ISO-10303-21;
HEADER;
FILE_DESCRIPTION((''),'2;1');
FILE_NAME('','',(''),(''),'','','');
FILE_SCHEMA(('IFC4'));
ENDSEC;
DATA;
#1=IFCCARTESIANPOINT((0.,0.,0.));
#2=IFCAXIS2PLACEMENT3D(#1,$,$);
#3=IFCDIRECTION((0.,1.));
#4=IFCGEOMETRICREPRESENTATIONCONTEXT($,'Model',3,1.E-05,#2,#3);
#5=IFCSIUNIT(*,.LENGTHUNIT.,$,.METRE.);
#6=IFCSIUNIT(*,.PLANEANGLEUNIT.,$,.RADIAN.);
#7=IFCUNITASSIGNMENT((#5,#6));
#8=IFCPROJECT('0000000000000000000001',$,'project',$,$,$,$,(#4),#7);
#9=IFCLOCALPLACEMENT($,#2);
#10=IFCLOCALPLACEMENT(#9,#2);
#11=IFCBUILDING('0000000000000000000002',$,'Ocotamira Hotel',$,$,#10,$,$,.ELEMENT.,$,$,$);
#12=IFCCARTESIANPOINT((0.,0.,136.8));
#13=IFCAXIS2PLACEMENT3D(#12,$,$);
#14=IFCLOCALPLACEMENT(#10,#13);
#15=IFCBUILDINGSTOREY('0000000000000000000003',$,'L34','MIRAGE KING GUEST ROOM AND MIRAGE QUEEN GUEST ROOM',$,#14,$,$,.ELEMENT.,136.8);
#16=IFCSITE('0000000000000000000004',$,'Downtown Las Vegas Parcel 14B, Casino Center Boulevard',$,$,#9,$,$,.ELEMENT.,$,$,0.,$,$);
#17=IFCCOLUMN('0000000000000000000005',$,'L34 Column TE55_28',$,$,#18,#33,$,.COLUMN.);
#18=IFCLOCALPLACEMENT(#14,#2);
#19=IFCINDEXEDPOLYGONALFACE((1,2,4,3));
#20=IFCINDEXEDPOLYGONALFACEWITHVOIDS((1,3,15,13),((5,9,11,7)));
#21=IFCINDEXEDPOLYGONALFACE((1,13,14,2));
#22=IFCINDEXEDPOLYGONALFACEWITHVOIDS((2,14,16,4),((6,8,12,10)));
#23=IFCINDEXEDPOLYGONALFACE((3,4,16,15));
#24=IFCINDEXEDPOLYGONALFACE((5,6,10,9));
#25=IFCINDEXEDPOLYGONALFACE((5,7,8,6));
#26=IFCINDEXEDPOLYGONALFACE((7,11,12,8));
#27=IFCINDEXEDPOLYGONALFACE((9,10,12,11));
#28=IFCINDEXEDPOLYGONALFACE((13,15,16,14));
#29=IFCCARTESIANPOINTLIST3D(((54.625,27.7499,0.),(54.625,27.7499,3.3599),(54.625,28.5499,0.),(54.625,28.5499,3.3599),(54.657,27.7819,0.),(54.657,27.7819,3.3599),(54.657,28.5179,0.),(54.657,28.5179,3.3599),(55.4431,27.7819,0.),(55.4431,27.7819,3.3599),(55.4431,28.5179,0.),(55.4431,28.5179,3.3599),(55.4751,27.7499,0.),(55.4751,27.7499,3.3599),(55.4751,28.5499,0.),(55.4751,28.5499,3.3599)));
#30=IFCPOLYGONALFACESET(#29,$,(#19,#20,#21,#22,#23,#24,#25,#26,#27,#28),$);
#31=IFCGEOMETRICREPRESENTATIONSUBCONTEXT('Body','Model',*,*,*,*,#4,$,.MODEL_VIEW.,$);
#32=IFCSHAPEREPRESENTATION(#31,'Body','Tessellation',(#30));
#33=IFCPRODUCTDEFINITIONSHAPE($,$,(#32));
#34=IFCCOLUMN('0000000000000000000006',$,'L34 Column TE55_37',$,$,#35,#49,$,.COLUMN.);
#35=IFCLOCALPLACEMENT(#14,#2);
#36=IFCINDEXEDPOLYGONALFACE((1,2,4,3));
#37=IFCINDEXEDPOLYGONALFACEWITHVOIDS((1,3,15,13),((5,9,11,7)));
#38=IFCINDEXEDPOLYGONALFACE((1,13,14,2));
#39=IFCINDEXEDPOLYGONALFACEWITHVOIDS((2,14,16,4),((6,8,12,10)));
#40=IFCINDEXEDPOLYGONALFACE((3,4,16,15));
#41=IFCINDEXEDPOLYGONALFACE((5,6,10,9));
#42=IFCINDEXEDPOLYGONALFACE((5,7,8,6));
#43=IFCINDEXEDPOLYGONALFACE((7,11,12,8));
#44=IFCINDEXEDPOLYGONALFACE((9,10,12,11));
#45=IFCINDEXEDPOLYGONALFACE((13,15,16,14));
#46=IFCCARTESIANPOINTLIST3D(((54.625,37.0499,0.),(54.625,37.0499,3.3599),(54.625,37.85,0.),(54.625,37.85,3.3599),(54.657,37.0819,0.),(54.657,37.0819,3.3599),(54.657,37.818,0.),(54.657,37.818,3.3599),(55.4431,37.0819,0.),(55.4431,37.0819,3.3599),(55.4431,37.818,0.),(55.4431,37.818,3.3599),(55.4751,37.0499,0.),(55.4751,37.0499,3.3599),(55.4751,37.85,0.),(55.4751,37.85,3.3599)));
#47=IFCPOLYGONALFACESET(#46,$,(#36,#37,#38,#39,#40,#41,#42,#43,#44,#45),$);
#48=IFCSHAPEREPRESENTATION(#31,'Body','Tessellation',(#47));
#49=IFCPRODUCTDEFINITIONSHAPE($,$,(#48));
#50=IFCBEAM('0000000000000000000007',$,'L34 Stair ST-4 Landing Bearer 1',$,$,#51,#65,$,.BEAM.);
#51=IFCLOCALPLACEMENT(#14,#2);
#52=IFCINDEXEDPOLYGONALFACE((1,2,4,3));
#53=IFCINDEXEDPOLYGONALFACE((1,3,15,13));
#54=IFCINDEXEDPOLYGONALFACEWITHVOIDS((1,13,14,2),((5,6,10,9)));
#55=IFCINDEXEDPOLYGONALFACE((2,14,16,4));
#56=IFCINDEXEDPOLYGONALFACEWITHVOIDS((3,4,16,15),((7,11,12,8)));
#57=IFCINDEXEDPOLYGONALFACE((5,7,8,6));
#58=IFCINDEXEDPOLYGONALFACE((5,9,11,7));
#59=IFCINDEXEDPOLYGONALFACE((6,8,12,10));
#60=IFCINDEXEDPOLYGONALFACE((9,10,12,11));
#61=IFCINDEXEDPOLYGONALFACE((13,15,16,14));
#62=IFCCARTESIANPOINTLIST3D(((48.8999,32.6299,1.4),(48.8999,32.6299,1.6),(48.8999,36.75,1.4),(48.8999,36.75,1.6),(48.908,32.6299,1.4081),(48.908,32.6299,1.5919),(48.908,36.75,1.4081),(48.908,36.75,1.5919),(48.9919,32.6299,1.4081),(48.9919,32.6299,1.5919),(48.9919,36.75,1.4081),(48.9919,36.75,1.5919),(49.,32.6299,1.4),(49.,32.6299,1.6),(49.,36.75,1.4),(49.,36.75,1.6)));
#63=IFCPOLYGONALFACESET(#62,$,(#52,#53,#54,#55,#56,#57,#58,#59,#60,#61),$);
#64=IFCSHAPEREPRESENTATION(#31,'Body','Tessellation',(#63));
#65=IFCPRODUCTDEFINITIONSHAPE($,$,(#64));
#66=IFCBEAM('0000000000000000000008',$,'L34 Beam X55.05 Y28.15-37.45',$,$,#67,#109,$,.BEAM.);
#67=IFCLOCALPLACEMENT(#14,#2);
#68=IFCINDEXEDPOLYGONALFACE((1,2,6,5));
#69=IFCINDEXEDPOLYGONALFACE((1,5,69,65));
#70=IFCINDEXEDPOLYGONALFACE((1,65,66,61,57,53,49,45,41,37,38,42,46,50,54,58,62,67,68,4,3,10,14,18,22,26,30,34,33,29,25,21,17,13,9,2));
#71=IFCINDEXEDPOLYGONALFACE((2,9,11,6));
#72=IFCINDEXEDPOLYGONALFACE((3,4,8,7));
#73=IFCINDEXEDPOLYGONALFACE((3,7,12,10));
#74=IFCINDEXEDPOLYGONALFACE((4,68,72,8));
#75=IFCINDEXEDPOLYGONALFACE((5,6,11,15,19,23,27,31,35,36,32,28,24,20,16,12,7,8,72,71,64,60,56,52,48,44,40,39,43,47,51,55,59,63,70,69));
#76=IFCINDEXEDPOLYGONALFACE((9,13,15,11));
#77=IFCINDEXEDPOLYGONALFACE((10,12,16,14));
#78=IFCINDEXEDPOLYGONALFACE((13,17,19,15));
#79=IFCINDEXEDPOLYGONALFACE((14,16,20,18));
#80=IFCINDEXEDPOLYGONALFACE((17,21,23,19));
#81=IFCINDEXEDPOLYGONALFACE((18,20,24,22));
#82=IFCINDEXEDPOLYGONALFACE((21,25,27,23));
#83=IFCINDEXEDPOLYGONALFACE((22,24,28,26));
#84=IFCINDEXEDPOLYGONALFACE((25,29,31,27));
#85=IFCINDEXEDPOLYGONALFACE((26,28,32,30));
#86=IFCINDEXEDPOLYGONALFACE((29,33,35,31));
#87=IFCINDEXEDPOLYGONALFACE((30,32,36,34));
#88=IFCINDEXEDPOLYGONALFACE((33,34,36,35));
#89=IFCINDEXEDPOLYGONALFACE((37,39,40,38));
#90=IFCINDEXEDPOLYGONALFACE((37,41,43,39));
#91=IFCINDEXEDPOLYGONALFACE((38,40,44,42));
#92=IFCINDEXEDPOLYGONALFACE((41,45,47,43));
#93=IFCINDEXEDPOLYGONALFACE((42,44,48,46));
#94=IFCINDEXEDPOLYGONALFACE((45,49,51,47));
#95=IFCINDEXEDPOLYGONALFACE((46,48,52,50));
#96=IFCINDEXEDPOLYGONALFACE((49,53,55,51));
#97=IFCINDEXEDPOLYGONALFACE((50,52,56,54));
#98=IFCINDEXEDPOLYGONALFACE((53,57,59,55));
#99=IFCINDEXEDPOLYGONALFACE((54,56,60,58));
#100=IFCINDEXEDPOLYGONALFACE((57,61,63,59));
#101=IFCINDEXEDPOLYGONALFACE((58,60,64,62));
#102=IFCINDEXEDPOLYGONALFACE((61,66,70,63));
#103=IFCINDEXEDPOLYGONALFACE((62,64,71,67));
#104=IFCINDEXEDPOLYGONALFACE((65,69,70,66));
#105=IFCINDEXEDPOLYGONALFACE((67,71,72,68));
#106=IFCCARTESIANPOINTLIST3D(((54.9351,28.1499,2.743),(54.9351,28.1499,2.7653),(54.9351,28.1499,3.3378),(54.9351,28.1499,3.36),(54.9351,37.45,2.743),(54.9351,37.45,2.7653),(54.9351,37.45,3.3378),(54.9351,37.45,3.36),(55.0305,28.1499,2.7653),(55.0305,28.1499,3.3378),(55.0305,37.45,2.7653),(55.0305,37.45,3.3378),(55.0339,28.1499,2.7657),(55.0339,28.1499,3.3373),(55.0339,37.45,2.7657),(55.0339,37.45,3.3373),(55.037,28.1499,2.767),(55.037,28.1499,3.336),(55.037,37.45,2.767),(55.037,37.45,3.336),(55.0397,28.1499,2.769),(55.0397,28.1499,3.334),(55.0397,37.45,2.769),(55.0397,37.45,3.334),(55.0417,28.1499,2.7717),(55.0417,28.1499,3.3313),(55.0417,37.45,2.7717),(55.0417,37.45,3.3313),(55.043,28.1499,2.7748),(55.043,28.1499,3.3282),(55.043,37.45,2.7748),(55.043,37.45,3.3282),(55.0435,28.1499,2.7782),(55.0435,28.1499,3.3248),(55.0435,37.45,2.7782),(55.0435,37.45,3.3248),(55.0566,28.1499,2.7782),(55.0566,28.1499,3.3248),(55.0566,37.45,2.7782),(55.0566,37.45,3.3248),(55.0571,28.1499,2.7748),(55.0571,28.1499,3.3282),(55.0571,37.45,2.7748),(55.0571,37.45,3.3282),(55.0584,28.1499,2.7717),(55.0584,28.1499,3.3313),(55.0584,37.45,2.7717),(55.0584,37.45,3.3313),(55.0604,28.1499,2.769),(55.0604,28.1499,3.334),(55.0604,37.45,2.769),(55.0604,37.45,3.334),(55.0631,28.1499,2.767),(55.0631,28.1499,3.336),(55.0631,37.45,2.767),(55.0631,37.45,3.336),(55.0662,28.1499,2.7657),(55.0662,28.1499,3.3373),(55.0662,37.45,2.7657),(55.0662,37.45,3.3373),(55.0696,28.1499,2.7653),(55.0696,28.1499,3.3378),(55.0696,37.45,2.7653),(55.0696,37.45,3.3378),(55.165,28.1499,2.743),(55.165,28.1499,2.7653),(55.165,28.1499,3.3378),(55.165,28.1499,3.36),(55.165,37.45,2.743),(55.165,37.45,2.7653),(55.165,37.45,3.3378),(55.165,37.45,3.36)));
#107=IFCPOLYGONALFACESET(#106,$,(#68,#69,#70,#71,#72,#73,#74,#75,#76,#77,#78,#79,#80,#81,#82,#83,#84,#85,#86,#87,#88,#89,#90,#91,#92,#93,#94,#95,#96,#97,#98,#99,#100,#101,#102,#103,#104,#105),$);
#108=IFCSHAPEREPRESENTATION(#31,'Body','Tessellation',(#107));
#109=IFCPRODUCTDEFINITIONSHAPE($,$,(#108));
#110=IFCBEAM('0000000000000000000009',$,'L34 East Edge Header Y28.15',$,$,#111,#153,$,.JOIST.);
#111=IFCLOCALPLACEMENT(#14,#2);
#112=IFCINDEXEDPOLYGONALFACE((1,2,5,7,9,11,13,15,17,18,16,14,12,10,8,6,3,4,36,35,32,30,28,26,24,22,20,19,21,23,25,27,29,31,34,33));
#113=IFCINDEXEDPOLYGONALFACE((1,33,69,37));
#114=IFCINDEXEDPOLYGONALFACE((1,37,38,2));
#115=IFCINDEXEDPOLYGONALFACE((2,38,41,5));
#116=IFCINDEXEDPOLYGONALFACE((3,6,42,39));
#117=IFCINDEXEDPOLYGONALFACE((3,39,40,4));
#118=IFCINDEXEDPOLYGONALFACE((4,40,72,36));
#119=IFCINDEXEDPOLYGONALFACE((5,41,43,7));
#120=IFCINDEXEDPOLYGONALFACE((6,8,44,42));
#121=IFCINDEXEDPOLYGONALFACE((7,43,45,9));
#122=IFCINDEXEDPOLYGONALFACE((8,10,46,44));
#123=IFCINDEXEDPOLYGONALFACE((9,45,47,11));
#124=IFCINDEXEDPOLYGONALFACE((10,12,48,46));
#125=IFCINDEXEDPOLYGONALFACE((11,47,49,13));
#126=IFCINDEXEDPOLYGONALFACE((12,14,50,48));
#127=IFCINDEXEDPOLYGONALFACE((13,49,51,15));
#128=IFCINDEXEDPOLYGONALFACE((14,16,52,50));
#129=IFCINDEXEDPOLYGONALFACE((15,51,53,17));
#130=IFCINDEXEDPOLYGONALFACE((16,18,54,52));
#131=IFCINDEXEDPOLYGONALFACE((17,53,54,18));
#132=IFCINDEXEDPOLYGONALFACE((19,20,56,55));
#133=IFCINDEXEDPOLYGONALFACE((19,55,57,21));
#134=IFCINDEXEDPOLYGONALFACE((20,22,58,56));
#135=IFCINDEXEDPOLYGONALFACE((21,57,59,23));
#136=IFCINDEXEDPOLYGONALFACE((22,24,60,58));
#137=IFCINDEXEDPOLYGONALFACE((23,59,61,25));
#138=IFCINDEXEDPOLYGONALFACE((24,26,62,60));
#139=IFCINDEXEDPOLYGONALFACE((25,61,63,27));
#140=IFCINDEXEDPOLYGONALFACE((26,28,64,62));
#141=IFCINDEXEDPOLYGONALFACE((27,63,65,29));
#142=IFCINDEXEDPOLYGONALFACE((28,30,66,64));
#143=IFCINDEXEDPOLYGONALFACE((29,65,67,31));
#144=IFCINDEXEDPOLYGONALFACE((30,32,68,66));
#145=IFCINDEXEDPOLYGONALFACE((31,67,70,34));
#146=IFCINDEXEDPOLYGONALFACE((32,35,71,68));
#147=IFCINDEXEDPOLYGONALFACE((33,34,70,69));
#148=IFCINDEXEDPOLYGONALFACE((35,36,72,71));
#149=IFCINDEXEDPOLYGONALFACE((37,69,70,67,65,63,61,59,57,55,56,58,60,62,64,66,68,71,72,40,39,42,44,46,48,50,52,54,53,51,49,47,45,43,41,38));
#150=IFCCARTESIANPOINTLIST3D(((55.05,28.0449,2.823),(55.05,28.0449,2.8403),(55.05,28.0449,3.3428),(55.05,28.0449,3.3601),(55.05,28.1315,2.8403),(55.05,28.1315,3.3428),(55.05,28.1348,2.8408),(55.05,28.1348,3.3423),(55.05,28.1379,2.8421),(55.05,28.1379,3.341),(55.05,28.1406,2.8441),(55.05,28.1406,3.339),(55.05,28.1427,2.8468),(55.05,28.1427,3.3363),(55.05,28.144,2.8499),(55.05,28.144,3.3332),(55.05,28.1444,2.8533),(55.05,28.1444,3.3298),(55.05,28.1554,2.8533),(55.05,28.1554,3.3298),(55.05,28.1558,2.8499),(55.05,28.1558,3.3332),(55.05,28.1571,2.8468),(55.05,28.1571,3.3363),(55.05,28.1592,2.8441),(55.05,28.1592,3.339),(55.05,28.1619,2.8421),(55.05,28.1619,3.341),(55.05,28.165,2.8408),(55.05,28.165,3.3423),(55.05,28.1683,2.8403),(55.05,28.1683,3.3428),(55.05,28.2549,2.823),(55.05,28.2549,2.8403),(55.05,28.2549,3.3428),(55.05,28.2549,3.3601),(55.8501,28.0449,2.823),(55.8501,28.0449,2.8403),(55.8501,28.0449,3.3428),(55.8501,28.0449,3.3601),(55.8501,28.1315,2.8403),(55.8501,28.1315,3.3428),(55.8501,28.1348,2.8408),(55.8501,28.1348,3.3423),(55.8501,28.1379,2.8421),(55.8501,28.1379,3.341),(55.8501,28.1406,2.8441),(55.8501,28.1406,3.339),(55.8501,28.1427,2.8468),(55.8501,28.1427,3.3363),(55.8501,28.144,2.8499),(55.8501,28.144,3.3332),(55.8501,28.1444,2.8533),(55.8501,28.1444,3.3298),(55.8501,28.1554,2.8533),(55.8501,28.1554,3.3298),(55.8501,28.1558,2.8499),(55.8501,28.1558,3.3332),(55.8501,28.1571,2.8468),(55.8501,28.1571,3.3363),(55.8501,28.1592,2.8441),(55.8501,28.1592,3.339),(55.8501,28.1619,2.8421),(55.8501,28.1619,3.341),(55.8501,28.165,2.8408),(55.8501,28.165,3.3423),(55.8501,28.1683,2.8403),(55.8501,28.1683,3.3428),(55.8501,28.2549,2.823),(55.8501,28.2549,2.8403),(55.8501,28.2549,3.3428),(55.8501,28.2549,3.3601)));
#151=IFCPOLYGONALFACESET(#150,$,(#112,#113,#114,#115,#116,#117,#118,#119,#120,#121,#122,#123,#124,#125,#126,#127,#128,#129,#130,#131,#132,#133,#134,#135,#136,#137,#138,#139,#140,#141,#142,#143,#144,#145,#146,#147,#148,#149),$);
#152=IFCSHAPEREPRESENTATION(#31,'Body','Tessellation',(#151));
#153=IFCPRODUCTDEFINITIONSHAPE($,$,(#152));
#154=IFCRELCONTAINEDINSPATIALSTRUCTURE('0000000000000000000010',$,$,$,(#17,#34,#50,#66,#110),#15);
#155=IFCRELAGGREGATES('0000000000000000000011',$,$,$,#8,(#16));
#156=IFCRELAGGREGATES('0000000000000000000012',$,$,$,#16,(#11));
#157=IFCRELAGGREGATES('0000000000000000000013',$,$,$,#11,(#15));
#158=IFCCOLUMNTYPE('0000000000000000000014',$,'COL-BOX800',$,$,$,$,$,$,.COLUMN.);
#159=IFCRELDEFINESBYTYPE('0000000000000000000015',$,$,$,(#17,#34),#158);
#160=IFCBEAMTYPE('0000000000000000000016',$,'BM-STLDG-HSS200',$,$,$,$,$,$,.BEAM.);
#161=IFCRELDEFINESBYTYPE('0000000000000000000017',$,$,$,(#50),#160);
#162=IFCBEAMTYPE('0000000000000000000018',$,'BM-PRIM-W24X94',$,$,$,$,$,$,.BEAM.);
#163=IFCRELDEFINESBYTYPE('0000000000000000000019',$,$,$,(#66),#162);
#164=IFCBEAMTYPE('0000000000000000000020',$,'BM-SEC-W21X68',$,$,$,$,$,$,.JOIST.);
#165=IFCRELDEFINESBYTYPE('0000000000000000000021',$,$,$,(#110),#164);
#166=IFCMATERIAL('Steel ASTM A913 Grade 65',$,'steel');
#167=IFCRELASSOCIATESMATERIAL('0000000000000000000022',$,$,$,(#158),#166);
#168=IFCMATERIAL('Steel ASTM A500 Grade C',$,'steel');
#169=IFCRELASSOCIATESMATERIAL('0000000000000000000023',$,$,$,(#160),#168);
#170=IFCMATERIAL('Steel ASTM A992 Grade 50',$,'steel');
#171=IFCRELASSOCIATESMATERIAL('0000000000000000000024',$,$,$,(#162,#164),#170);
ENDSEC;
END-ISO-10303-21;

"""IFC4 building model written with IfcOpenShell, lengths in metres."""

from ifc_helpers import new_model, si_unit, direction, frame, origin, origin_2d, place, context, subcontext, project, spatial, hollow_rectangle, i_section, extrude, source, transform, mapped, material, material_profile, profile_set, type_object, element, save


model = new_model("IFC4")

# Units and contexts
model_context = context("Model", 3, precision=1e-05, world=origin(), true_north=direction((0.0, 1.0)))
body_context = subcontext(model_context, "Body", "Model", "MODEL_VIEW")
ifc_project = project(units=[si_unit("LENGTHUNIT", "METRE"), si_unit("PLANEANGLEUNIT", "RADIAN")], contexts=[model_context])

# Site, building, storey
site_placement = place(None, origin())
site = spatial("IfcSite", under=ifc_project, at=site_placement, Name="Downtown Las Vegas Parcel 14B, Casino Center Boulevard", CompositionType="ELEMENT", RefElevation=0.0)
building_placement = place(site_placement, origin())
building = spatial("IfcBuilding", under=site, at=building_placement, Name="Ocotamira Hotel", CompositionType="ELEMENT")
storey_placement = place(building_placement, frame((0.0, 0.0, 136.8)))
storey = spatial("IfcBuildingStorey", under=building, at=storey_placement, Name="L34", Description="MIRAGE KING GUEST ROOM AND MIRAGE QUEEN GUEST ROOM", CompositionType="ELEMENT", Elevation=136.8)

# Columns
ifc_material_1 = material(Name="Steel ASTM A913 Grade 65", Category="steel")
ifc_material_profile_1 = material_profile(ifc_material_1, hollow_rectangle(XDim=0.8501, YDim=0.8, WallThickness=0.032, at=origin_2d()), Name="BOX800X850X32")
ifc_profile_set_1 = profile_set([ifc_material_profile_1], Name="Steel ASTM A913 Grade 65")
column_type = type_object("IfcColumnType", Name="COL-BOX800", PredefinedType="COLUMN", material=ifc_profile_set_1)
shared_shape_1 = source(origin(), body_context, "Body", "SweptSolid", [
    extrude(hollow_rectangle(XDim=0.8501, YDim=0.8, WallThickness=0.032, at=origin_2d()), origin(), (0.0, 0.0, 1.0), 3.3599),
])
for number, where, z_axis, x_axis, name in (
    (1, (55.05, 28.1499, 0.0), (0.0, 0.0, 1.0), (1.0, 0.0, 0.0), "L34 Column TE55_28"),
    (2, (55.05, 37.45, 0.0), (0.0, 0.0, 1.0), (1.0, 0.0, 0.0), "L34 Column TE55_37"),
):
    element("IfcColumn", number, at=place(storey_placement, frame(where, z_axis=z_axis, x_axis=x_axis)), inside=storey, type_object=column_type, Name=name, PredefinedType="COLUMN", context=body_context, shape_type="MappedRepresentation", body=[
        mapped(shared_shape_1, transform((0.0, 0.0, 0.0), scale=1.0)),
    ])

# Beams
ifc_material_2 = material(Name="Steel ASTM A500 Grade C", Category="steel")
ifc_material_profile_2 = material_profile(ifc_material_2, hollow_rectangle(XDim=0.1001, YDim=0.2, WallThickness=0.0081, at=origin_2d()), Name="HSS200X100X8")
ifc_profile_set_2 = profile_set([ifc_material_profile_2], Name="Steel ASTM A500 Grade C")
beam_type_1 = type_object("IfcBeamType", Name="BM-STLDG-HSS200", PredefinedType="BEAM", material=ifc_profile_set_2)
shared_shape_2 = source(origin(), body_context, "Body", "SweptSolid", [
    extrude(hollow_rectangle(XDim=0.1001, YDim=0.2, WallThickness=0.0081, at=origin_2d()), origin(), (0.0, 0.0, 1.0), 4.1201),
])
beam_1_placement = place(storey_placement, frame((48.95, 32.6299, 1.5), z_axis=(0.0, 1.0, 0.0), x_axis=(-1.0, 0.0, 0.0)))
element("IfcBeam", 3, at=beam_1_placement, inside=storey, type_object=beam_type_1, Name="L34 Stair ST-4 Landing Bearer 1", PredefinedType="BEAM", context=body_context, shape_type="MappedRepresentation", body=[
    mapped(shared_shape_2, transform((0.0, 0.0, 0.0), scale=1.0)),
])
ifc_material_3 = material(Name="Steel ASTM A992 Grade 50", Category="steel")
ifc_material_profile_3 = material_profile(ifc_material_3, i_section(OverallWidth=0.23, OverallDepth=0.6169, WebThickness=0.0132, FlangeThickness=0.0222, FilletRadius=0.0129, at=origin_2d()), Name="W24X94")
ifc_profile_set_3 = profile_set([ifc_material_profile_3], Name="Steel ASTM A992 Grade 50")
beam_type_2 = type_object("IfcBeamType", Name="BM-PRIM-W24X94", PredefinedType="BEAM", material=ifc_profile_set_3)
shared_shape_3 = source(origin(), body_context, "Body", "SweptSolid", [
    extrude(i_section(OverallWidth=0.23, OverallDepth=0.6169, WebThickness=0.0132, FlangeThickness=0.0222, FilletRadius=0.0129, at=origin_2d()), origin(), (0.0, 0.0, 1.0), 9.3),
])
beam_2_placement = place(storey_placement, frame((55.05, 28.1499, 3.0515), z_axis=(0.0, 1.0, 0.0), x_axis=(-1.0, 0.0, 0.0)))
element("IfcBeam", 4, at=beam_2_placement, inside=storey, type_object=beam_type_2, Name="L34 Beam X55.05 Y28.15-37.45", PredefinedType="BEAM", context=body_context, shape_type="MappedRepresentation", body=[
    mapped(shared_shape_3, transform((0.0, 0.0, 0.0), scale=1.0)),
])
ifc_material_profile_4 = material_profile(ifc_material_3, i_section(OverallWidth=0.21, OverallDepth=0.5371, WebThickness=0.011, FlangeThickness=0.0173, FilletRadius=0.0129, at=origin_2d()), Name="W21X68")
ifc_profile_set_4 = profile_set([ifc_material_profile_4], Name="Steel ASTM A992 Grade 50")
beam_type_3 = type_object("IfcBeamType", Name="BM-SEC-W21X68", PredefinedType="JOIST", material=ifc_profile_set_4)
shared_shape_4 = source(origin(), body_context, "Body", "SweptSolid", [
    extrude(i_section(OverallWidth=0.21, OverallDepth=0.5371, WebThickness=0.011, FlangeThickness=0.0173, FilletRadius=0.0129, at=origin_2d()), origin(), (0.0, 0.0, 1.0), 0.8),
])
for number, where, z_axis, x_axis, name in (
    (5, (55.05, 28.1499, 3.0916), (1.0, 0.0, 0.0), (0.0, 1.0, 0.0), "L34 East Edge Header Y28.15"),
):
    element("IfcBeam", number, at=place(storey_placement, frame(where, z_axis=z_axis, x_axis=x_axis)), inside=storey, type_object=beam_type_3, Name=name, PredefinedType="JOIST", context=body_context, shape_type="MappedRepresentation", body=[
        mapped(shared_shape_4, transform((0.0, 0.0, 0.0), scale=1.0)),
    ])

save(model, "model.ifc")
